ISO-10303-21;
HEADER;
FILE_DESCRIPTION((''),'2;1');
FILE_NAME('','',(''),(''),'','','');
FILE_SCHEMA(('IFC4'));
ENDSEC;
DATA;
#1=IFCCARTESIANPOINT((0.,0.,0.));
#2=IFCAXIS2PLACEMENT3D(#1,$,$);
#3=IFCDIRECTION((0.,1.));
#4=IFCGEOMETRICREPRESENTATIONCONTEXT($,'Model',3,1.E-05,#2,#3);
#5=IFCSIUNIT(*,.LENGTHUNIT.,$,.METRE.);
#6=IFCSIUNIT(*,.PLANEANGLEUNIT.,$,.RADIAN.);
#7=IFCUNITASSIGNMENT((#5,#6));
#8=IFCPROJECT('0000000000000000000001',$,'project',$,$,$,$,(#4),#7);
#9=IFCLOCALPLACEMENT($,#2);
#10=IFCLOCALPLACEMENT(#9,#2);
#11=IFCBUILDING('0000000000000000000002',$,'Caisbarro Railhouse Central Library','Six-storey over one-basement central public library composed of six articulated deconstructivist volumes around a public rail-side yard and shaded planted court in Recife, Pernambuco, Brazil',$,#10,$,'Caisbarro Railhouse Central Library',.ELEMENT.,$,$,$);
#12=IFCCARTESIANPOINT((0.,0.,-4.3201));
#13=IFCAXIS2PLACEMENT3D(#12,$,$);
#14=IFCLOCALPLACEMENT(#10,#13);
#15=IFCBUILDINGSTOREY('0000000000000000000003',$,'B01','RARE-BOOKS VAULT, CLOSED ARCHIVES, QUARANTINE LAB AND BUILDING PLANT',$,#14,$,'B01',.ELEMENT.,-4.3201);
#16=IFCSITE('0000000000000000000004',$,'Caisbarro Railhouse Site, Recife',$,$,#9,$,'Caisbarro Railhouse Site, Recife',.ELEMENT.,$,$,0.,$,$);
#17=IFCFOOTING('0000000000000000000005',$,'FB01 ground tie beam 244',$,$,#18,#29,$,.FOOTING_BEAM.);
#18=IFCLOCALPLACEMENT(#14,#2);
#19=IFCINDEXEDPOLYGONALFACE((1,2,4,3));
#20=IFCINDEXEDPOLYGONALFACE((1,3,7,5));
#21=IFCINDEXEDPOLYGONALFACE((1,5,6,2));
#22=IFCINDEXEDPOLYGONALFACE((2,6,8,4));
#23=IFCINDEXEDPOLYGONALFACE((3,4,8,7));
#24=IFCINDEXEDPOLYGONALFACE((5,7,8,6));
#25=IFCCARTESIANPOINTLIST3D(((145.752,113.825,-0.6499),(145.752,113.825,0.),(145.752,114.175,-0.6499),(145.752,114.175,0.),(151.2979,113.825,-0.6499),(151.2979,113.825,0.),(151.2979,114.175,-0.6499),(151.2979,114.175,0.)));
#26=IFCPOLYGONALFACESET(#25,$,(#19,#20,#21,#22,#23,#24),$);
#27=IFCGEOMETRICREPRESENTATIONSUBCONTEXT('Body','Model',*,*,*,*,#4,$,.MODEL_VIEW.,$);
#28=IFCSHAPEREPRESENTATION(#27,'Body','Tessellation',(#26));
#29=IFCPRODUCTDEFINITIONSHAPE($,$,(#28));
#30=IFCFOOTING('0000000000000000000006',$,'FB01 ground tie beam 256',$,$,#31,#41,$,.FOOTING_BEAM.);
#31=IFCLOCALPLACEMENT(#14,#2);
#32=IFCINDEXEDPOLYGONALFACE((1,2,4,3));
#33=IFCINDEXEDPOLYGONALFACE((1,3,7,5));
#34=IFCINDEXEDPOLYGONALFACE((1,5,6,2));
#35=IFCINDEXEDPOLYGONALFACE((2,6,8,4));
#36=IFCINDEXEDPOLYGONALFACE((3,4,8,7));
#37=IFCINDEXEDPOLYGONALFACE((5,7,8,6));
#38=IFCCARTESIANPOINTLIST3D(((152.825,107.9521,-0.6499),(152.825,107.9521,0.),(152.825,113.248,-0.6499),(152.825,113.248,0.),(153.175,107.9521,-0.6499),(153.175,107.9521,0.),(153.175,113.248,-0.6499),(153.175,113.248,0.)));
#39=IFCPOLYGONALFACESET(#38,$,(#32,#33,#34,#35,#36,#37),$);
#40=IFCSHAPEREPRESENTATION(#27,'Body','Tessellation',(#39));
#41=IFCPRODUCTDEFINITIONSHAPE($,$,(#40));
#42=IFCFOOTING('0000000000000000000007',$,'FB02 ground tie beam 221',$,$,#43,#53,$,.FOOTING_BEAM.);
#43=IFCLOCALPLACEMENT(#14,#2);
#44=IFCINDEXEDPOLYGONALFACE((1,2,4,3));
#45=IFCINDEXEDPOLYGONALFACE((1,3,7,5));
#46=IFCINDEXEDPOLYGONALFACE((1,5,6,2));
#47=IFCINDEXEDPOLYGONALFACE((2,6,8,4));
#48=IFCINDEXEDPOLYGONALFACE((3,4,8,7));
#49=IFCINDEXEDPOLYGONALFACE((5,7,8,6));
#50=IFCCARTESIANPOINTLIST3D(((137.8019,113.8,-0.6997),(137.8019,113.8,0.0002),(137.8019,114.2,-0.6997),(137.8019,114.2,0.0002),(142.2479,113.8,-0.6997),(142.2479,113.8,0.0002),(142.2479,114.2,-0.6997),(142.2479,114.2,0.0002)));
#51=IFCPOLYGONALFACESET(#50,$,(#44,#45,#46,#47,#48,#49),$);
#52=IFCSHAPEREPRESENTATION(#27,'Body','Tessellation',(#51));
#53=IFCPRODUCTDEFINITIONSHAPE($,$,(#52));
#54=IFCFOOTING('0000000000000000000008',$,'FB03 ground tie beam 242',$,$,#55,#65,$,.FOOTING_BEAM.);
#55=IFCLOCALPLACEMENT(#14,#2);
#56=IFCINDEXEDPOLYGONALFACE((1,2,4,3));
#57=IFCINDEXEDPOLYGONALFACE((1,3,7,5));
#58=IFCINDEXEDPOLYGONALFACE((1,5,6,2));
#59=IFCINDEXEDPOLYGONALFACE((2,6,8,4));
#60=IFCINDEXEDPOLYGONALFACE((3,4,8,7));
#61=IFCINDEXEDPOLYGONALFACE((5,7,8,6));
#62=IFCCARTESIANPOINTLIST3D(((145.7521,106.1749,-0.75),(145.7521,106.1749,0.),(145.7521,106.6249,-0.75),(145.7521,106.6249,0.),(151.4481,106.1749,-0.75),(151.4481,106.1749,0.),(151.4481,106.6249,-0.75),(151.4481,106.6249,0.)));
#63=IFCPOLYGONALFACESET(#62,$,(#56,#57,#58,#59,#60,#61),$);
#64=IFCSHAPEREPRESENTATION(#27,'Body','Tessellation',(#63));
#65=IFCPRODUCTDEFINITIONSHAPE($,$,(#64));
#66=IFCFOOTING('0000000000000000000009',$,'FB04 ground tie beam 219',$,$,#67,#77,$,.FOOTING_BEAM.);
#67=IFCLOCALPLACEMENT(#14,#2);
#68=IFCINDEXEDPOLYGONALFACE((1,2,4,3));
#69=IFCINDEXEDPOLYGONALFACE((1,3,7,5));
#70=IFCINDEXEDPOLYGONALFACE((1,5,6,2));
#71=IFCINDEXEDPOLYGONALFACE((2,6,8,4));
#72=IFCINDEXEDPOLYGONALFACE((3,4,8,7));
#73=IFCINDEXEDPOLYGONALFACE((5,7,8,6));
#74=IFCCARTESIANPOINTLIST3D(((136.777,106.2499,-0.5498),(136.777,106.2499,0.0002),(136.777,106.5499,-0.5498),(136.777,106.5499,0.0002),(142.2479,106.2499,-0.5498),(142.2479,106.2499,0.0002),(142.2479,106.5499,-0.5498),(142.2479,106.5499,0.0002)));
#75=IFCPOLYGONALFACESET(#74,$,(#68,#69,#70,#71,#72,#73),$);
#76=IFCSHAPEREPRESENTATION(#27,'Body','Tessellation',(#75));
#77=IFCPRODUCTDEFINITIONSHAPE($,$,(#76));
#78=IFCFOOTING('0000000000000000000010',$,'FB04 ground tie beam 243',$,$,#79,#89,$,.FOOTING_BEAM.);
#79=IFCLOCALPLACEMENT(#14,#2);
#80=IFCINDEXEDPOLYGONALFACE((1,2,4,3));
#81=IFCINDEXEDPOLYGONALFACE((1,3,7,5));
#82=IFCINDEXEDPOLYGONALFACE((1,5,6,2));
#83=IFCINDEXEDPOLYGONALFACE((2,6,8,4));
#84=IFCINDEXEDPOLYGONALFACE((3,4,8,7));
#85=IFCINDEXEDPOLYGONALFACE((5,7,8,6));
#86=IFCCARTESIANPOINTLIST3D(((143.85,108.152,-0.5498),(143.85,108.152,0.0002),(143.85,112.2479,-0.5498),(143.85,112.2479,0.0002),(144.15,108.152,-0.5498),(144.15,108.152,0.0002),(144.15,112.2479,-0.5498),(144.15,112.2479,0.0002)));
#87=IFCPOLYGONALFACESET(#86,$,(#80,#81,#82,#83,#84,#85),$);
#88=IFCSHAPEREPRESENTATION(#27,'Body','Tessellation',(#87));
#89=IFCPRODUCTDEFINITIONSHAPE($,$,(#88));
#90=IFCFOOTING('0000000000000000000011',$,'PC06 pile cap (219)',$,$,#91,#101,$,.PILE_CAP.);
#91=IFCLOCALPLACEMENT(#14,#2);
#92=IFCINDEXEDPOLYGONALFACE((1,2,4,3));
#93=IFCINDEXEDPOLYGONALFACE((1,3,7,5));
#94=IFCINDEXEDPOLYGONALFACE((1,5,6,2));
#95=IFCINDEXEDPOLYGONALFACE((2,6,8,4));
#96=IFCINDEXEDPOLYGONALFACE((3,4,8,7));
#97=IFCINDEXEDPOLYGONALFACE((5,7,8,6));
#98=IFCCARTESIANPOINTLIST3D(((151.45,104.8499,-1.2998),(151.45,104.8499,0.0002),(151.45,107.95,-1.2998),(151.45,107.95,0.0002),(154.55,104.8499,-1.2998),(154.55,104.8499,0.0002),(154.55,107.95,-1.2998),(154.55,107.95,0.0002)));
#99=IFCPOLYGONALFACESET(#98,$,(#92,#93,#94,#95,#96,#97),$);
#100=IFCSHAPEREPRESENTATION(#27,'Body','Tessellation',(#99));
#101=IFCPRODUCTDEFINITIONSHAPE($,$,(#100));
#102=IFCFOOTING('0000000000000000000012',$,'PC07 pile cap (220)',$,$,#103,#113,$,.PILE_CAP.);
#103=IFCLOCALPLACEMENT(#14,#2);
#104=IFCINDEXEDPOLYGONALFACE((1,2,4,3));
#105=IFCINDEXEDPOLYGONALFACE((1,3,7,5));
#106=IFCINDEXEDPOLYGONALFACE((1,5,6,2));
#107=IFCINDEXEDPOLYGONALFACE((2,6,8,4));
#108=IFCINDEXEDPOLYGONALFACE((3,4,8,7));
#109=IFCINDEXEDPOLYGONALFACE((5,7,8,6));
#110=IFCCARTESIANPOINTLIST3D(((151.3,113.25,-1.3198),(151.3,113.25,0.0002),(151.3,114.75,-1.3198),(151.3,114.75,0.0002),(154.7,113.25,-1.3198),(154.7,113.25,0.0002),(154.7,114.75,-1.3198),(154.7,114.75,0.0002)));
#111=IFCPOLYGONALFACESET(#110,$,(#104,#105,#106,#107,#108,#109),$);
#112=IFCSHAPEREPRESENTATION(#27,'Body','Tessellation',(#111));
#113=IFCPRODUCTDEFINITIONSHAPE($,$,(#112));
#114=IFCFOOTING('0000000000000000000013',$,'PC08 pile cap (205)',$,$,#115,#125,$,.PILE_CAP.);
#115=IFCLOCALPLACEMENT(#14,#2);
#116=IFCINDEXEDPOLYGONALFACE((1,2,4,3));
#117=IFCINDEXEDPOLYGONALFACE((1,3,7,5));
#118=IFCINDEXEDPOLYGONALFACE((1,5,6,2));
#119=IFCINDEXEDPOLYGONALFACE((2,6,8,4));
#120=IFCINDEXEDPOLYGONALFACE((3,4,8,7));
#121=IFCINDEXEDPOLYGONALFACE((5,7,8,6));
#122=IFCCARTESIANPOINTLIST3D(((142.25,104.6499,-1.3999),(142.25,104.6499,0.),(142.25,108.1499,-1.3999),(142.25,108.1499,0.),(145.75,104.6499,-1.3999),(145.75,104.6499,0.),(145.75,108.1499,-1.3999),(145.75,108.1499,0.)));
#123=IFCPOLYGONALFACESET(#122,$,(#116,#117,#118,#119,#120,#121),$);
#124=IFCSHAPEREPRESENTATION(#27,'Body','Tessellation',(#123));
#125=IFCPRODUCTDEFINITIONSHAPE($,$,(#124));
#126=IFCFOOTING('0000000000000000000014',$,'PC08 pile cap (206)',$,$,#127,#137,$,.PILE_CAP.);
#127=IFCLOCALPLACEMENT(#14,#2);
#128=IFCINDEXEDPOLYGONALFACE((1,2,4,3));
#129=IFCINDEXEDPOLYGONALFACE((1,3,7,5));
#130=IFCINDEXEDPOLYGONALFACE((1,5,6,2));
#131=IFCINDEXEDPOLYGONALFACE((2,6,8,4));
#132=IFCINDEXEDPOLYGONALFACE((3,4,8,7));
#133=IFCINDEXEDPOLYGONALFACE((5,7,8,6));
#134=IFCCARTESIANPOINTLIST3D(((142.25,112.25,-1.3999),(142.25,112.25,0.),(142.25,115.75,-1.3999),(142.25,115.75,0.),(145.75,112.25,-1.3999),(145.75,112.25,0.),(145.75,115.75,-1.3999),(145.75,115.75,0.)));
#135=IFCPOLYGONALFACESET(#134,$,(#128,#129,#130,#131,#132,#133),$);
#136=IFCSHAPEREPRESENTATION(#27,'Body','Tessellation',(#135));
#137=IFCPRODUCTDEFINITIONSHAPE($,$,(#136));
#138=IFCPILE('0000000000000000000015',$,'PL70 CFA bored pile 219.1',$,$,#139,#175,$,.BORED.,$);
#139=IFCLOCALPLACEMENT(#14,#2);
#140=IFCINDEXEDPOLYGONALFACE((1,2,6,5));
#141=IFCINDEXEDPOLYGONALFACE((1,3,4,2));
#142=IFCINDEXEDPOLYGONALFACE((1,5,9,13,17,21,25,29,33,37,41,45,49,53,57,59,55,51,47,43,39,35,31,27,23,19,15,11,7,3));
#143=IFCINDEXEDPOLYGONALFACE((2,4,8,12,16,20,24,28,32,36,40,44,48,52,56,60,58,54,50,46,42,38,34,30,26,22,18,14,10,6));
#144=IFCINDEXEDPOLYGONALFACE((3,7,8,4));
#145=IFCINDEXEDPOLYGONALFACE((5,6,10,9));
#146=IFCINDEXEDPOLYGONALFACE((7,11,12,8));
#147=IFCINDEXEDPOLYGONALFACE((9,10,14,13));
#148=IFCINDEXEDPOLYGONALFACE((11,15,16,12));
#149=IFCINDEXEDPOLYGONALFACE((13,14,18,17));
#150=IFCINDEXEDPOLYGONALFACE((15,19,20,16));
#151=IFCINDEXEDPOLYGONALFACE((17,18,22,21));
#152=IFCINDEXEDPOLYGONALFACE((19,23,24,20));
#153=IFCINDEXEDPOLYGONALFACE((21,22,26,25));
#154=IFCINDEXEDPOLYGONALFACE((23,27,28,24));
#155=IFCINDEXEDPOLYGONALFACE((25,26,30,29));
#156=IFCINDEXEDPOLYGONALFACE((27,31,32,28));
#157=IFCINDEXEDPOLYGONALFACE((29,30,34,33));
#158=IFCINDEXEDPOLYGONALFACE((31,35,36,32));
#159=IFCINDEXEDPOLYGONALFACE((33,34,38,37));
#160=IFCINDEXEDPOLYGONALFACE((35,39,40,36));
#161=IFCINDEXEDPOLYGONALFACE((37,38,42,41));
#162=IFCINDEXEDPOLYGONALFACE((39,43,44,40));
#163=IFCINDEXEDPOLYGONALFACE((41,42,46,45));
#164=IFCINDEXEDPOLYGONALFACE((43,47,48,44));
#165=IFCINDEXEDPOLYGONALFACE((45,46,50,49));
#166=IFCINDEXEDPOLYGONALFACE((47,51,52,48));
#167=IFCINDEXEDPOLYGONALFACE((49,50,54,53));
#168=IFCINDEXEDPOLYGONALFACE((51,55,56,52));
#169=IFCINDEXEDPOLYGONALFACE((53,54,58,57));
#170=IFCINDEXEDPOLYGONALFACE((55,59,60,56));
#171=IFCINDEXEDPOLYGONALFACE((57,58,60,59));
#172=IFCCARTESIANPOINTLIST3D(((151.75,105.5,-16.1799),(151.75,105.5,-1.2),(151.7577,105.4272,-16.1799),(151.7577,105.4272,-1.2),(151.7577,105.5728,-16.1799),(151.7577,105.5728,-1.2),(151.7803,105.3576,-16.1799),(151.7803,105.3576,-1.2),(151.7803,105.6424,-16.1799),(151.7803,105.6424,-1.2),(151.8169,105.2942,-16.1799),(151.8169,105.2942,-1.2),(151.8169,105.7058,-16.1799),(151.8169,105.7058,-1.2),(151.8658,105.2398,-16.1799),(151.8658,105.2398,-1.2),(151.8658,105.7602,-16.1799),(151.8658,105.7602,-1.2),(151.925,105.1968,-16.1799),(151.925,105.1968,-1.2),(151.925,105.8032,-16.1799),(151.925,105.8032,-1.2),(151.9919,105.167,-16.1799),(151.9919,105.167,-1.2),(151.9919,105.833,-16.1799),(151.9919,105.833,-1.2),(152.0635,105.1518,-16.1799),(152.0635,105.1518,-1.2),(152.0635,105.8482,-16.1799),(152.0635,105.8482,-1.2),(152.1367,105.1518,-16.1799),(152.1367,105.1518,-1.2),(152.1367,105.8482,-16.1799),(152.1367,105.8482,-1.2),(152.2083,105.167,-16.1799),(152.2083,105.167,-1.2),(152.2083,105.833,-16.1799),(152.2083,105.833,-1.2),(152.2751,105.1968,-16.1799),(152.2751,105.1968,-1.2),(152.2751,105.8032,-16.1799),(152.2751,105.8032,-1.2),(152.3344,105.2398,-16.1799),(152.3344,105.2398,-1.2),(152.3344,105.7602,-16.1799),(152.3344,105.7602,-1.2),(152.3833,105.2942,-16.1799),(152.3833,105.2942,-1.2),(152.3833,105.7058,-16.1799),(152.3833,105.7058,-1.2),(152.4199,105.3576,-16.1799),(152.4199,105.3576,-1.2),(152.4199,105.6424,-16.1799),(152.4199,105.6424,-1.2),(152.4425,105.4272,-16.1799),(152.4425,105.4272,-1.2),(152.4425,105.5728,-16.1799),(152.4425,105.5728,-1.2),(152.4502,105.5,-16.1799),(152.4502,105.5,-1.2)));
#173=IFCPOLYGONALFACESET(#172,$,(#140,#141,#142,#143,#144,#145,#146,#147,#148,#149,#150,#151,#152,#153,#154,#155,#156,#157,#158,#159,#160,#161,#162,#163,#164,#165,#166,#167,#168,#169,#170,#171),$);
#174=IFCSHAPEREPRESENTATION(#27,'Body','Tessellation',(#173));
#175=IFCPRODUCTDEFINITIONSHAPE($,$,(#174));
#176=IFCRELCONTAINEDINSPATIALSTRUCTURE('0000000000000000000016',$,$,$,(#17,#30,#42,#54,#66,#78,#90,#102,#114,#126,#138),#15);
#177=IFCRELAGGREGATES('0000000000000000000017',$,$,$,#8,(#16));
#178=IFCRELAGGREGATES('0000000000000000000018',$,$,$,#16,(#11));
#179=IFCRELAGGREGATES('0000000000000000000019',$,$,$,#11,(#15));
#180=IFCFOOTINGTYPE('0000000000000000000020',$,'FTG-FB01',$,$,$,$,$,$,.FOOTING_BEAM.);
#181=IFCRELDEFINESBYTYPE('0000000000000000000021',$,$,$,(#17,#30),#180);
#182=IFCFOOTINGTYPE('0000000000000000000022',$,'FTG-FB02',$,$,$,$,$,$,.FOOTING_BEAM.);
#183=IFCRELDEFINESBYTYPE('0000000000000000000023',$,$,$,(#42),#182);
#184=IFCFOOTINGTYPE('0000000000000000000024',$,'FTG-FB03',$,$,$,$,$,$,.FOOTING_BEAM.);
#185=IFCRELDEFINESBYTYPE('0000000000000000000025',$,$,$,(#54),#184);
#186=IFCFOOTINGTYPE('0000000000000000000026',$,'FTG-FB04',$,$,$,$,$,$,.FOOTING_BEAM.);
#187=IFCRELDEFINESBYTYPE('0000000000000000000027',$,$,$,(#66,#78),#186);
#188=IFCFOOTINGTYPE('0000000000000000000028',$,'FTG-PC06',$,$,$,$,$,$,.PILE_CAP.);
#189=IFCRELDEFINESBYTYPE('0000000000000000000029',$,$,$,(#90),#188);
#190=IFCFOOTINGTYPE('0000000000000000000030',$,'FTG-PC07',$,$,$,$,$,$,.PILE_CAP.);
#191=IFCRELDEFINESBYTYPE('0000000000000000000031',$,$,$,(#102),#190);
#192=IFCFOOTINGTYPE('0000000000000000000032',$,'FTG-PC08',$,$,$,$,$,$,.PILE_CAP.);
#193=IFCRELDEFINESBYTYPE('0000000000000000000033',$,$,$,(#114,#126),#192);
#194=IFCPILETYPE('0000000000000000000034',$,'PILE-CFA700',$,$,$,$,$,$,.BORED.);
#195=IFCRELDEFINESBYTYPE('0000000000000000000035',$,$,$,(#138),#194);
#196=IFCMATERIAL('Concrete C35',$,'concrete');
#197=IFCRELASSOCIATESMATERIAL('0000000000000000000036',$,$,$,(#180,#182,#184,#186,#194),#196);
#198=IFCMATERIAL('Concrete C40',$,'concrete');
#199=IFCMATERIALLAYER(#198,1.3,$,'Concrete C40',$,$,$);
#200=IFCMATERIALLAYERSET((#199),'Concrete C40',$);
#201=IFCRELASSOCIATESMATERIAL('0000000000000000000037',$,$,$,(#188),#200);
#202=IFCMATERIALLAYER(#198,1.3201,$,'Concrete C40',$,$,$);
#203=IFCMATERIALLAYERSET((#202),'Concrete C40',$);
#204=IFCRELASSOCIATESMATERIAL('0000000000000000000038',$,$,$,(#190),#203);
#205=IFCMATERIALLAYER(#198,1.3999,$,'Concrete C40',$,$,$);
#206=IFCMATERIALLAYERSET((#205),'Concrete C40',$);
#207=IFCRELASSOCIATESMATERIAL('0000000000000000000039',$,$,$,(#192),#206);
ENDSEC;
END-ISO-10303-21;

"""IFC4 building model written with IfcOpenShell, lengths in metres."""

from ifc_helpers import new_model, si_unit, direction, frame, origin, origin_2d, place, context, subcontext, project, spatial, rectangle, circle, extrude, material, layer, layer_set, material_profile, profile_set, type_object, element, save


model = new_model("IFC4")

# Units and contexts
model_context = context("Model", 3, precision=1e-05, world=origin(), true_north=direction((0.0, 1.0)))
body_context = subcontext(model_context, "Body", "Model", "MODEL_VIEW")
ifc_project = project(units=[si_unit("LENGTHUNIT", "METRE"), si_unit("PLANEANGLEUNIT", "RADIAN")], contexts=[model_context])

# Site, building, storey
site_placement = place(None, origin())
site = spatial("IfcSite", under=ifc_project, at=site_placement, Name="Caisbarro Railhouse Site, Recife", LongName="Caisbarro Railhouse Site, Recife", CompositionType="ELEMENT", RefElevation=0.0)
building_placement = place(site_placement, origin())
building = spatial("IfcBuilding", under=site, at=building_placement, Name="Caisbarro Railhouse Central Library", Description="Six-storey over one-basement central public library composed of six articulated deconstructivist volumes around a public rail-side yard and shaded planted court in Recife, Pernambuco, Brazil", LongName="Caisbarro Railhouse Central Library", CompositionType="ELEMENT")
storey_placement = place(building_placement, frame((0.0, 0.0, -4.3201)))
storey = spatial("IfcBuildingStorey", under=building, at=storey_placement, Name="B01", Description="RARE-BOOKS VAULT, CLOSED ARCHIVES, QUARANTINE LAB AND BUILDING PLANT", LongName="B01", CompositionType="ELEMENT", Elevation=-4.3201)

# Footings
ifc_material_1 = material(Name="Concrete C35", Category="concrete")
footing_type_1 = type_object("IfcFootingType", Name="FTG-FB01", PredefinedType="FOOTING_BEAM", material=ifc_material_1)
footing_1_placement = place(storey_placement, frame((148.5249, 114.0, -0.6499), z_axis=(0.0, 0.0, 1.0), x_axis=(1.0, 0.0, 0.0)))
element("IfcFooting", 1, at=footing_1_placement, inside=storey, type_object=footing_type_1, Name="FB01 ground tie beam 244", PredefinedType="FOOTING_BEAM", context=body_context, shape_type="SweptSolid", body=[
    extrude(rectangle(XDim=5.5459, YDim=0.3501, at=origin_2d()), origin(), (0.0, 0.0, 1.0), 0.6499),
])
footing_2_placement = place(storey_placement, frame((153.0, 110.6001, -0.6499), z_axis=(0.0, 0.0, 1.0), x_axis=(0.0, 1.0, 0.0)))
element("IfcFooting", 2, at=footing_2_placement, inside=storey, type_object=footing_type_1, Name="FB01 ground tie beam 256", PredefinedType="FOOTING_BEAM", context=body_context, shape_type="SweptSolid", body=[
    extrude(rectangle(XDim=5.2959, YDim=0.3501, at=origin_2d()), origin(), (0.0, 0.0, 1.0), 0.6499),
])
footing_type_2 = type_object("IfcFootingType", Name="FTG-FB02", PredefinedType="FOOTING_BEAM", material=ifc_material_1)
footing_3_placement = place(storey_placement, frame((140.0249, 114.0, -0.6997), z_axis=(0.0, 0.0, 1.0), x_axis=(1.0, 0.0, 0.0)))
element("IfcFooting", 3, at=footing_3_placement, inside=storey, type_object=footing_type_2, Name="FB02 ground tie beam 221", PredefinedType="FOOTING_BEAM", context=body_context, shape_type="SweptSolid", body=[
    extrude(rectangle(XDim=4.446, YDim=0.3999, at=origin_2d()), origin(), (0.0, 0.0, 1.0), 0.7),
])
footing_type_3 = type_object("IfcFootingType", Name="FTG-FB03", PredefinedType="FOOTING_BEAM", material=ifc_material_1)
footing_4_placement = place(storey_placement, frame((148.6001, 106.3999, -0.75), z_axis=(0.0, 0.0, 1.0), x_axis=(1.0, 0.0, 0.0)))
element("IfcFooting", 4, at=footing_4_placement, inside=storey, type_object=footing_type_3, Name="FB03 ground tie beam 242", PredefinedType="FOOTING_BEAM", context=body_context, shape_type="SweptSolid", body=[
    extrude(rectangle(XDim=5.696, YDim=0.45, at=origin_2d()), origin(), (0.0, 0.0, 1.0), 0.75),
])
footing_type_4 = type_object("IfcFootingType", Name="FTG-FB04", PredefinedType="FOOTING_BEAM", material=ifc_material_1)
footing_5_placement = place(storey_placement, frame((139.5125, 106.3999, -0.5498), z_axis=(0.0, 0.0, 1.0), x_axis=(1.0, 0.0, 0.0)))
element("IfcFooting", 5, at=footing_5_placement, inside=storey, type_object=footing_type_4, Name="FB04 ground tie beam 219", PredefinedType="FOOTING_BEAM", context=body_context, shape_type="SweptSolid", body=[
    extrude(rectangle(XDim=5.4709, YDim=0.3, at=origin_2d()), origin(), (0.0, 0.0, 1.0), 0.55),
])
footing_6_placement = place(storey_placement, frame((144.0, 110.2, -0.5498), z_axis=(0.0, 0.0, 1.0), x_axis=(0.0, 1.0, 0.0)))
element("IfcFooting", 6, at=footing_6_placement, inside=storey, type_object=footing_type_4, Name="FB04 ground tie beam 243", PredefinedType="FOOTING_BEAM", context=body_context, shape_type="SweptSolid", body=[
    extrude(rectangle(XDim=4.0959, YDim=0.3, at=origin_2d()), origin(), (0.0, 0.0, 1.0), 0.55),
])
ifc_material_2 = material(Name="Concrete C40", Category="concrete")
ifc_layer_1 = layer(ifc_material_2, 1.3, Name="Concrete C40")
ifc_layer_set_1 = layer_set([ifc_layer_1], Name="Concrete C40")
footing_type_5 = type_object("IfcFootingType", Name="FTG-PC06", PredefinedType="PILE_CAP", material=ifc_layer_set_1)
footing_7_placement = place(storey_placement, frame((153.0, 106.3999, -1.2998), z_axis=(0.0, 0.0, 1.0), x_axis=(1.0, 0.0, 0.0)))
element("IfcFooting", 7, at=footing_7_placement, inside=storey, type_object=footing_type_5, Name="PC06 pile cap (219)", PredefinedType="PILE_CAP", context=body_context, shape_type="SweptSolid", body=[
    extrude(rectangle(XDim=3.1001, YDim=3.1001, at=origin_2d()), origin(), (0.0, 0.0, 1.0), 1.3),
])
ifc_layer_2 = layer(ifc_material_2, 1.3201, Name="Concrete C40")
ifc_layer_set_2 = layer_set([ifc_layer_2], Name="Concrete C40")
footing_type_6 = type_object("IfcFootingType", Name="FTG-PC07", PredefinedType="PILE_CAP", material=ifc_layer_set_2)
footing_8_placement = place(storey_placement, frame((153.0, 114.0, -1.3198), z_axis=(0.0, 0.0, 1.0), x_axis=(1.0, 0.0, 0.0)))
element("IfcFooting", 8, at=footing_8_placement, inside=storey, type_object=footing_type_6, Name="PC07 pile cap (220)", PredefinedType="PILE_CAP", context=body_context, shape_type="SweptSolid", body=[
    extrude(rectangle(XDim=3.3999, YDim=1.5, at=origin_2d()), origin(), (0.0, 0.0, 1.0), 1.3201),
])
ifc_layer_3 = layer(ifc_material_2, 1.3999, Name="Concrete C40")
ifc_layer_set_3 = layer_set([ifc_layer_3], Name="Concrete C40")
footing_type_7 = type_object("IfcFootingType", Name="FTG-PC08", PredefinedType="PILE_CAP", material=ifc_layer_set_3)
for number, where, z_axis, x_axis, name in (
    (9, (144.0, 106.3999, -1.3999), (0.0, 0.0, 1.0), (1.0, 0.0, 0.0), "PC08 pile cap (205)"),
    (10, (144.0, 114.0, -1.3999), (0.0, 0.0, 1.0), (1.0, 0.0, 0.0), "PC08 pile cap (206)"),
):
    element("IfcFooting", number, at=place(storey_placement, frame(where, z_axis=z_axis, x_axis=x_axis)), inside=storey, type_object=footing_type_7, Name=name, PredefinedType="PILE_CAP", context=body_context, shape_type="SweptSolid", body=[
        extrude(rectangle(XDim=3.5, YDim=3.5, at=origin_2d()), origin(), (0.0, 0.0, 1.0), 1.3999),
    ])

# Pile
ifc_material_profile_1 = material_profile(ifc_material_1, circle(Radius=0.3501, at=origin_2d()), Name="PILE-CFA-700")
ifc_profile_set_1 = profile_set([ifc_material_profile_1], Name="Concrete C35")
pile_type_1 = type_object("IfcPileType", Name="PILE-CFA700", PredefinedType="BORED", material=ifc_profile_set_1)
for number, where, z_axis, x_axis, name in (
    (11, (152.1001, 105.5, -1.2), (0.0, 0.0, -1.0), (1.0, 0.0, 0.0), "PL70 CFA bored pile 219.1"),
):
    element("IfcPile", number, at=place(storey_placement, frame(where, z_axis=z_axis, x_axis=x_axis)), inside=storey, type_object=pile_type_1, Name=name, PredefinedType="BORED", context=body_context, shape_type="SweptSolid", body=[
        extrude(circle(Radius=0.3501, at=origin_2d()), origin(), (0.0, 0.0, 1.0), 14.98),
    ])

save(model, "model.ifc")
